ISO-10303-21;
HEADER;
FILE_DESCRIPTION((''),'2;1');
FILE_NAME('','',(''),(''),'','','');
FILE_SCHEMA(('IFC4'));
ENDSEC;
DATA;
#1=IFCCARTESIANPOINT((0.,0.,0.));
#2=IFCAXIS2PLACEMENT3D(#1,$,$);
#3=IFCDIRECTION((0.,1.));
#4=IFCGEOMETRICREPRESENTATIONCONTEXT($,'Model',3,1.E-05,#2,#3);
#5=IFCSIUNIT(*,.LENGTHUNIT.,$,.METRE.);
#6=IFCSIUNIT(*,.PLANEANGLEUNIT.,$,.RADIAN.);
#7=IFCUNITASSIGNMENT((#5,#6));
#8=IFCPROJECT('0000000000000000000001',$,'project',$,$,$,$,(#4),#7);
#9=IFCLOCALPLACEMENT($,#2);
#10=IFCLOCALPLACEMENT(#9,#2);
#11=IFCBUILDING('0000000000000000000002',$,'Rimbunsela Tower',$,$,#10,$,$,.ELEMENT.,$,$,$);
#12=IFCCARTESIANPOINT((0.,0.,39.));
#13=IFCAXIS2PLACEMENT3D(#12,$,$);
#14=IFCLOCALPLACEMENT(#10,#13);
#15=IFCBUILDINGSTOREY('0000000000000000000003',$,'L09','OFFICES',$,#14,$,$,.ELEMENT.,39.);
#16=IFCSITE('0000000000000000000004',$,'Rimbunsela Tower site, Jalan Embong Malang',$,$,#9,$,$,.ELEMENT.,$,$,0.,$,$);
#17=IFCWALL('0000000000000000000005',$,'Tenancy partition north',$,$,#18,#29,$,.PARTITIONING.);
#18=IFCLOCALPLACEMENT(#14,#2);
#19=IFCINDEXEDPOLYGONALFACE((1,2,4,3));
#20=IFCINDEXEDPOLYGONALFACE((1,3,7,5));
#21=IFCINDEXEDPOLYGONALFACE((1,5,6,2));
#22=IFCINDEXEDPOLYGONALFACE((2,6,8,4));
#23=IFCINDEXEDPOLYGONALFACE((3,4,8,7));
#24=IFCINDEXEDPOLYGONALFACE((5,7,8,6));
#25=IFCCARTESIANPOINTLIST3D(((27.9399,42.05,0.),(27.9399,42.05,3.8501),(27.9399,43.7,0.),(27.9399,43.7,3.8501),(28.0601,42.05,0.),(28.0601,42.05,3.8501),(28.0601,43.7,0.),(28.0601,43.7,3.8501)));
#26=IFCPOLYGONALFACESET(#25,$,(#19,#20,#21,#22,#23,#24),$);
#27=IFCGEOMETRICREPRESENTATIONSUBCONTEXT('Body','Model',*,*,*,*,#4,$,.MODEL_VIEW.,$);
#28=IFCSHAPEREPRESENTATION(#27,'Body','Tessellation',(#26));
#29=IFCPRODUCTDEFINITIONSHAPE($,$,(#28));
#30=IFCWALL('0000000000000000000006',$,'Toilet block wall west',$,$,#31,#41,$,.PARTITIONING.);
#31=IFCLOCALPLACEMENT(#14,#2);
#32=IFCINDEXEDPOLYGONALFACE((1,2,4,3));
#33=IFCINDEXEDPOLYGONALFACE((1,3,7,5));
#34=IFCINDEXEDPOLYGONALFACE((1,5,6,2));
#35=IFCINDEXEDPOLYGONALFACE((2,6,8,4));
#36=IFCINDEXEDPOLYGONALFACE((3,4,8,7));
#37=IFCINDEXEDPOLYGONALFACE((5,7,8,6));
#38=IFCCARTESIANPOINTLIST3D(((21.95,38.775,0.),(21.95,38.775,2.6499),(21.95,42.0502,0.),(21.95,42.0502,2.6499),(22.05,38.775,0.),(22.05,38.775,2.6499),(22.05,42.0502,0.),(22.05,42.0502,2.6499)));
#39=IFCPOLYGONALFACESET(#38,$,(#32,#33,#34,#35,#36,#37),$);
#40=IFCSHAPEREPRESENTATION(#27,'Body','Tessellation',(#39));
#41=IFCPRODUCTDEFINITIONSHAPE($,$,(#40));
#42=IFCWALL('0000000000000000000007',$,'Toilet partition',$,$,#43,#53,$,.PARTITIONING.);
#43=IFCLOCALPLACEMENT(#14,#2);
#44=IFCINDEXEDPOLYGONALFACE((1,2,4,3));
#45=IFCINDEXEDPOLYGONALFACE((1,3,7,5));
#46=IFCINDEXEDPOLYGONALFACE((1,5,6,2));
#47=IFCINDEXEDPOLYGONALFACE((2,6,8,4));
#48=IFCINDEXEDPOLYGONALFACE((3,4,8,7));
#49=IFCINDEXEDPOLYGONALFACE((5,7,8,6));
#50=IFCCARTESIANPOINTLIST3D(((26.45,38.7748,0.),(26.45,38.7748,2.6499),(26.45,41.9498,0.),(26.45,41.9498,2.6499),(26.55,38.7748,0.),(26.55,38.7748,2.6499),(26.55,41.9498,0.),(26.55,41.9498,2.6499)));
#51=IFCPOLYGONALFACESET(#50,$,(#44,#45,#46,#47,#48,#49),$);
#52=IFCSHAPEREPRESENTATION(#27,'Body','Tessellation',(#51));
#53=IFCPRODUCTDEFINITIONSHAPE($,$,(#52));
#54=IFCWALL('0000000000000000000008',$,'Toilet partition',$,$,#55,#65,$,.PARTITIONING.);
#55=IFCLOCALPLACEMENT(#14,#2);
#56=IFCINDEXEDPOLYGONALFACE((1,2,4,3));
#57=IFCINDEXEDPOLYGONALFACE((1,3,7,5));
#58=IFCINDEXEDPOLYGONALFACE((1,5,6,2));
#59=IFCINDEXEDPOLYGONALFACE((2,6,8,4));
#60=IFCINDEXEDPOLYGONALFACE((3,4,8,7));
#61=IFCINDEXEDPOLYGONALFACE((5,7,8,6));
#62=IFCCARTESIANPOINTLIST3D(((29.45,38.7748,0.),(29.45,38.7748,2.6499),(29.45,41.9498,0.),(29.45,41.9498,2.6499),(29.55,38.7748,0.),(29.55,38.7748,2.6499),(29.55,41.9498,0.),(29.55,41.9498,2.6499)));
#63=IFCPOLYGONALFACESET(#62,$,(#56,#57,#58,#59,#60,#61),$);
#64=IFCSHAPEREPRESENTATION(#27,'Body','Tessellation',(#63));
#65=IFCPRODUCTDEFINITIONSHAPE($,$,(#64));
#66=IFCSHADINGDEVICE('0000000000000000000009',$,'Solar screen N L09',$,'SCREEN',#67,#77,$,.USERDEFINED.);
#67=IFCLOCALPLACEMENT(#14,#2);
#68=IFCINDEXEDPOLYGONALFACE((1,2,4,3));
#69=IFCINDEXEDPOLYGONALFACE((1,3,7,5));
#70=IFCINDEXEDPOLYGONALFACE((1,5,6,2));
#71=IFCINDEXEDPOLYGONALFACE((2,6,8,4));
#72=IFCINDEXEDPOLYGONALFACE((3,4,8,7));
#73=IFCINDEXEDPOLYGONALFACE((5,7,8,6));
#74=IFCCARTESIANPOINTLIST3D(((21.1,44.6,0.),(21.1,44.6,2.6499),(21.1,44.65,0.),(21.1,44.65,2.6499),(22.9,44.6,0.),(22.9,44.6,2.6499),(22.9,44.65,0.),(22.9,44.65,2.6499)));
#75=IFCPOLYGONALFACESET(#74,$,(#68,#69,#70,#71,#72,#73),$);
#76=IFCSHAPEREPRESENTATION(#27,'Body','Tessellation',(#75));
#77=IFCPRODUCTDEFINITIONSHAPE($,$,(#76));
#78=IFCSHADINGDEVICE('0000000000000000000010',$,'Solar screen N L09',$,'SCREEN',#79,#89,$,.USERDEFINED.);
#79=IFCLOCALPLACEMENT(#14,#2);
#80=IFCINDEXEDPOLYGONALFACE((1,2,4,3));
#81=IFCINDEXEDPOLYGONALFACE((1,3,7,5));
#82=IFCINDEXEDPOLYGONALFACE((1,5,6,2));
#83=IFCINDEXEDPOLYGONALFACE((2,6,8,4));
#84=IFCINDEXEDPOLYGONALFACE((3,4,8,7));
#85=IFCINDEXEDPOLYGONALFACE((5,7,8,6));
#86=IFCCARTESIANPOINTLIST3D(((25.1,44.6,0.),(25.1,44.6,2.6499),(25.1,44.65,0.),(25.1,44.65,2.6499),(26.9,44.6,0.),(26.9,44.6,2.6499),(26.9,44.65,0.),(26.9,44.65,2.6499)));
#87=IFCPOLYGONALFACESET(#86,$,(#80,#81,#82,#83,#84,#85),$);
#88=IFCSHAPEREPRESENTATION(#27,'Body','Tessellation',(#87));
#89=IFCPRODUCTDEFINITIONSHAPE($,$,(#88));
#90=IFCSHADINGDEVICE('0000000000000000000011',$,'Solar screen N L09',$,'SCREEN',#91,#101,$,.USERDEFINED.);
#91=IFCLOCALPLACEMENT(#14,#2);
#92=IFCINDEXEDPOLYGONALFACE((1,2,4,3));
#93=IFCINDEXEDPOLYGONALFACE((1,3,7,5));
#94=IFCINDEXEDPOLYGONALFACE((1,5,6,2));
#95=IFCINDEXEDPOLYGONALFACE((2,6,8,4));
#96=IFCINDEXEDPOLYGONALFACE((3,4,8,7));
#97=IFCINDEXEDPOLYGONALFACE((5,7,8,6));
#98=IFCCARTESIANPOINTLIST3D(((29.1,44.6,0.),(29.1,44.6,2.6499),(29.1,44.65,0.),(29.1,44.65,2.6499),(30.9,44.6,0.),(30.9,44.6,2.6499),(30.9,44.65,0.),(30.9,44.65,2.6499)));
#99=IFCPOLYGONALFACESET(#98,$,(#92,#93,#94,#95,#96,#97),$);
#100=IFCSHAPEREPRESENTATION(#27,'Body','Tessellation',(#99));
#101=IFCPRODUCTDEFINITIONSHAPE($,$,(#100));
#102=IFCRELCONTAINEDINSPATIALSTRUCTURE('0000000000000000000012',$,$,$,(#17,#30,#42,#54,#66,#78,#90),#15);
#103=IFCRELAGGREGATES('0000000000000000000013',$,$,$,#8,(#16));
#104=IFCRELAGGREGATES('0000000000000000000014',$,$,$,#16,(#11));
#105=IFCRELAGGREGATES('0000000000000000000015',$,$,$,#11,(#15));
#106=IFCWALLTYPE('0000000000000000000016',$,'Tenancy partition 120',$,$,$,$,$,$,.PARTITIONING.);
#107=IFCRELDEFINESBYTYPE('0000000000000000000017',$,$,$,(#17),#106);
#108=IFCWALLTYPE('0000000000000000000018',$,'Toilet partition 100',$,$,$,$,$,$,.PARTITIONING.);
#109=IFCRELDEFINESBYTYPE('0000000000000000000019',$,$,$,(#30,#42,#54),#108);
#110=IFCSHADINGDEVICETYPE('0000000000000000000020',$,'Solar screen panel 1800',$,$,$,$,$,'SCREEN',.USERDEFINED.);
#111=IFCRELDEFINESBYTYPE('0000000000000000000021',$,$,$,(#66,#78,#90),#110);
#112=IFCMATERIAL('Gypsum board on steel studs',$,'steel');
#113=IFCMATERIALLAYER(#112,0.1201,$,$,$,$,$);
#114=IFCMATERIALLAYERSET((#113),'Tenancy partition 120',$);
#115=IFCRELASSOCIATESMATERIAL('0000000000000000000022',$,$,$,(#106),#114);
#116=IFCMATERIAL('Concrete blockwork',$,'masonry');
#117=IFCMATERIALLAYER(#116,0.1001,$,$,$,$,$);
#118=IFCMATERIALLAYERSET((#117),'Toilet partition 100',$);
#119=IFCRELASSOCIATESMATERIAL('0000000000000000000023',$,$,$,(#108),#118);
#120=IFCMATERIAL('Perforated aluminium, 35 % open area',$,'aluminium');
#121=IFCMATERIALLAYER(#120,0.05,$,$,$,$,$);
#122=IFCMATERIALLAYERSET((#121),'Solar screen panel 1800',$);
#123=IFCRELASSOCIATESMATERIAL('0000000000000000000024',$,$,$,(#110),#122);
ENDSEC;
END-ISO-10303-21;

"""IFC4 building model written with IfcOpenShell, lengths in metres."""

from ifc_helpers import new_model, si_unit, direction, frame, frame_2d, origin, origin_2d, place, context, subcontext, project, spatial, rectangle, extrude, material, layer, layer_set, type_object, element, save


model = new_model("IFC4")

# Units and contexts
model_context = context("Model", 3, precision=1e-05, world=origin(), true_north=direction((0.0, 1.0)))
body_context = subcontext(model_context, "Body", "Model", "MODEL_VIEW")
ifc_project = project(units=[si_unit("LENGTHUNIT", "METRE"), si_unit("PLANEANGLEUNIT", "RADIAN")], contexts=[model_context])

# Site, building, storey
site_placement = place(None, origin())
site = spatial("IfcSite", under=ifc_project, at=site_placement, Name="Rimbunsela Tower site, Jalan Embong Malang", CompositionType="ELEMENT", RefElevation=0.0)
building_placement = place(site_placement, origin())
building = spatial("IfcBuilding", under=site, at=building_placement, Name="Rimbunsela Tower", CompositionType="ELEMENT")
storey_placement = place(building_placement, frame((0.0, 0.0, 39.0)))
storey = spatial("IfcBuildingStorey", under=building, at=storey_placement, Name="L09", Description="OFFICES", CompositionType="ELEMENT", Elevation=39.0)

# Walls
ifc_material_1 = material(Name="Gypsum board on steel studs", Category="steel")
ifc_layer_1 = layer(ifc_material_1, 0.1201)
ifc_layer_set_1 = layer_set([ifc_layer_1], Name="Tenancy partition 120")
wall_type_1 = type_object("IfcWallType", Name="Tenancy partition 120", PredefinedType="PARTITIONING", material=ifc_layer_set_1)
wall_1_placement = place(storey_placement, frame((28.0, 42.05, 0.0), z_axis=(0.0, 0.0, 1.0), x_axis=(0.0, 1.0, 0.0)))
element("IfcWall", 1, at=wall_1_placement, inside=storey, type_object=wall_type_1, Name="Tenancy partition north", PredefinedType="PARTITIONING", context=body_context, shape_type="SweptSolid", body=[
    extrude(rectangle(XDim=1.6499, YDim=0.1201, at=frame_2d((0.825, 0.0))), origin(), (0.0, 0.0, 1.0), 3.8501),
])
ifc_material_2 = material(Name="Concrete blockwork", Category="masonry")
ifc_layer_2 = layer(ifc_material_2, 0.1001)
ifc_layer_set_2 = layer_set([ifc_layer_2], Name="Toilet partition 100")
wall_type_2 = type_object("IfcWallType", Name="Toilet partition 100", PredefinedType="PARTITIONING", material=ifc_layer_set_2)
wall_2_placement = place(storey_placement, frame((22.0, 38.7749, 0.0), z_axis=(0.0, 0.0, 1.0), x_axis=(0.0, 1.0, 0.0)))
element("IfcWall", 2, at=wall_2_placement, inside=storey, type_object=wall_type_2, Name="Toilet block wall west", PredefinedType="PARTITIONING", context=body_context, shape_type="SweptSolid", body=[
    extrude(rectangle(XDim=3.2751, YDim=0.1001, at=frame_2d((1.6377, 0.0))), origin(), (0.0, 0.0, 1.0), 2.6499),
])
for number, where, z_axis, x_axis, name in (
    (3, (26.5, 38.7749, 0.0), (0.0, 0.0, 1.0), (0.0, 1.0, 0.0), "Toilet partition"),
    (4, (29.5, 38.7749, 0.0), (0.0, 0.0, 1.0), (0.0, 1.0, 0.0), "Toilet partition"),
):
    element("IfcWall", number, at=place(storey_placement, frame(where, z_axis=z_axis, x_axis=x_axis)), inside=storey, type_object=wall_type_2, Name=name, PredefinedType="PARTITIONING", context=body_context, shape_type="SweptSolid", body=[
        extrude(rectangle(XDim=3.175, YDim=0.1001, at=frame_2d((1.5874, 0.0))), origin(), (0.0, 0.0, 1.0), 2.6499),
    ])

# Shading devices
ifc_material_3 = material(Name="Perforated aluminium, 35 % open area", Category="aluminium")
ifc_layer_3 = layer(ifc_material_3, 0.05)
ifc_layer_set_3 = layer_set([ifc_layer_3], Name="Solar screen panel 1800")
shading_device_type = type_object("IfcShadingDeviceType", Name="Solar screen panel 1800", ElementType="SCREEN", PredefinedType="USERDEFINED", material=ifc_layer_set_3)
for number, where, z_axis, x_axis, name in (
    (5, (22.0, 44.625, 0.0), (0.0, 0.0, 1.0), (1.0, 0.0, 0.0), "Solar screen N L09"),
    (6, (26.0, 44.625, 0.0), (0.0, 0.0, 1.0), (1.0, 0.0, 0.0), "Solar screen N L09"),
    (7, (30.0, 44.625, 0.0), (0.0, 0.0, 1.0), (1.0, 0.0, 0.0), "Solar screen N L09"),
):
    element("IfcShadingDevice", number, at=place(storey_placement, frame(where, z_axis=z_axis, x_axis=x_axis)), inside=storey, type_object=shading_device_type, Name=name, ObjectType="SCREEN", PredefinedType="USERDEFINED", context=body_context, shape_type="SweptSolid", body=[
        extrude(rectangle(XDim=1.8, YDim=0.05, at=origin_2d()), origin(), (0.0, 0.0, 1.0), 2.6499),
    ])

save(model, "model.ifc")
